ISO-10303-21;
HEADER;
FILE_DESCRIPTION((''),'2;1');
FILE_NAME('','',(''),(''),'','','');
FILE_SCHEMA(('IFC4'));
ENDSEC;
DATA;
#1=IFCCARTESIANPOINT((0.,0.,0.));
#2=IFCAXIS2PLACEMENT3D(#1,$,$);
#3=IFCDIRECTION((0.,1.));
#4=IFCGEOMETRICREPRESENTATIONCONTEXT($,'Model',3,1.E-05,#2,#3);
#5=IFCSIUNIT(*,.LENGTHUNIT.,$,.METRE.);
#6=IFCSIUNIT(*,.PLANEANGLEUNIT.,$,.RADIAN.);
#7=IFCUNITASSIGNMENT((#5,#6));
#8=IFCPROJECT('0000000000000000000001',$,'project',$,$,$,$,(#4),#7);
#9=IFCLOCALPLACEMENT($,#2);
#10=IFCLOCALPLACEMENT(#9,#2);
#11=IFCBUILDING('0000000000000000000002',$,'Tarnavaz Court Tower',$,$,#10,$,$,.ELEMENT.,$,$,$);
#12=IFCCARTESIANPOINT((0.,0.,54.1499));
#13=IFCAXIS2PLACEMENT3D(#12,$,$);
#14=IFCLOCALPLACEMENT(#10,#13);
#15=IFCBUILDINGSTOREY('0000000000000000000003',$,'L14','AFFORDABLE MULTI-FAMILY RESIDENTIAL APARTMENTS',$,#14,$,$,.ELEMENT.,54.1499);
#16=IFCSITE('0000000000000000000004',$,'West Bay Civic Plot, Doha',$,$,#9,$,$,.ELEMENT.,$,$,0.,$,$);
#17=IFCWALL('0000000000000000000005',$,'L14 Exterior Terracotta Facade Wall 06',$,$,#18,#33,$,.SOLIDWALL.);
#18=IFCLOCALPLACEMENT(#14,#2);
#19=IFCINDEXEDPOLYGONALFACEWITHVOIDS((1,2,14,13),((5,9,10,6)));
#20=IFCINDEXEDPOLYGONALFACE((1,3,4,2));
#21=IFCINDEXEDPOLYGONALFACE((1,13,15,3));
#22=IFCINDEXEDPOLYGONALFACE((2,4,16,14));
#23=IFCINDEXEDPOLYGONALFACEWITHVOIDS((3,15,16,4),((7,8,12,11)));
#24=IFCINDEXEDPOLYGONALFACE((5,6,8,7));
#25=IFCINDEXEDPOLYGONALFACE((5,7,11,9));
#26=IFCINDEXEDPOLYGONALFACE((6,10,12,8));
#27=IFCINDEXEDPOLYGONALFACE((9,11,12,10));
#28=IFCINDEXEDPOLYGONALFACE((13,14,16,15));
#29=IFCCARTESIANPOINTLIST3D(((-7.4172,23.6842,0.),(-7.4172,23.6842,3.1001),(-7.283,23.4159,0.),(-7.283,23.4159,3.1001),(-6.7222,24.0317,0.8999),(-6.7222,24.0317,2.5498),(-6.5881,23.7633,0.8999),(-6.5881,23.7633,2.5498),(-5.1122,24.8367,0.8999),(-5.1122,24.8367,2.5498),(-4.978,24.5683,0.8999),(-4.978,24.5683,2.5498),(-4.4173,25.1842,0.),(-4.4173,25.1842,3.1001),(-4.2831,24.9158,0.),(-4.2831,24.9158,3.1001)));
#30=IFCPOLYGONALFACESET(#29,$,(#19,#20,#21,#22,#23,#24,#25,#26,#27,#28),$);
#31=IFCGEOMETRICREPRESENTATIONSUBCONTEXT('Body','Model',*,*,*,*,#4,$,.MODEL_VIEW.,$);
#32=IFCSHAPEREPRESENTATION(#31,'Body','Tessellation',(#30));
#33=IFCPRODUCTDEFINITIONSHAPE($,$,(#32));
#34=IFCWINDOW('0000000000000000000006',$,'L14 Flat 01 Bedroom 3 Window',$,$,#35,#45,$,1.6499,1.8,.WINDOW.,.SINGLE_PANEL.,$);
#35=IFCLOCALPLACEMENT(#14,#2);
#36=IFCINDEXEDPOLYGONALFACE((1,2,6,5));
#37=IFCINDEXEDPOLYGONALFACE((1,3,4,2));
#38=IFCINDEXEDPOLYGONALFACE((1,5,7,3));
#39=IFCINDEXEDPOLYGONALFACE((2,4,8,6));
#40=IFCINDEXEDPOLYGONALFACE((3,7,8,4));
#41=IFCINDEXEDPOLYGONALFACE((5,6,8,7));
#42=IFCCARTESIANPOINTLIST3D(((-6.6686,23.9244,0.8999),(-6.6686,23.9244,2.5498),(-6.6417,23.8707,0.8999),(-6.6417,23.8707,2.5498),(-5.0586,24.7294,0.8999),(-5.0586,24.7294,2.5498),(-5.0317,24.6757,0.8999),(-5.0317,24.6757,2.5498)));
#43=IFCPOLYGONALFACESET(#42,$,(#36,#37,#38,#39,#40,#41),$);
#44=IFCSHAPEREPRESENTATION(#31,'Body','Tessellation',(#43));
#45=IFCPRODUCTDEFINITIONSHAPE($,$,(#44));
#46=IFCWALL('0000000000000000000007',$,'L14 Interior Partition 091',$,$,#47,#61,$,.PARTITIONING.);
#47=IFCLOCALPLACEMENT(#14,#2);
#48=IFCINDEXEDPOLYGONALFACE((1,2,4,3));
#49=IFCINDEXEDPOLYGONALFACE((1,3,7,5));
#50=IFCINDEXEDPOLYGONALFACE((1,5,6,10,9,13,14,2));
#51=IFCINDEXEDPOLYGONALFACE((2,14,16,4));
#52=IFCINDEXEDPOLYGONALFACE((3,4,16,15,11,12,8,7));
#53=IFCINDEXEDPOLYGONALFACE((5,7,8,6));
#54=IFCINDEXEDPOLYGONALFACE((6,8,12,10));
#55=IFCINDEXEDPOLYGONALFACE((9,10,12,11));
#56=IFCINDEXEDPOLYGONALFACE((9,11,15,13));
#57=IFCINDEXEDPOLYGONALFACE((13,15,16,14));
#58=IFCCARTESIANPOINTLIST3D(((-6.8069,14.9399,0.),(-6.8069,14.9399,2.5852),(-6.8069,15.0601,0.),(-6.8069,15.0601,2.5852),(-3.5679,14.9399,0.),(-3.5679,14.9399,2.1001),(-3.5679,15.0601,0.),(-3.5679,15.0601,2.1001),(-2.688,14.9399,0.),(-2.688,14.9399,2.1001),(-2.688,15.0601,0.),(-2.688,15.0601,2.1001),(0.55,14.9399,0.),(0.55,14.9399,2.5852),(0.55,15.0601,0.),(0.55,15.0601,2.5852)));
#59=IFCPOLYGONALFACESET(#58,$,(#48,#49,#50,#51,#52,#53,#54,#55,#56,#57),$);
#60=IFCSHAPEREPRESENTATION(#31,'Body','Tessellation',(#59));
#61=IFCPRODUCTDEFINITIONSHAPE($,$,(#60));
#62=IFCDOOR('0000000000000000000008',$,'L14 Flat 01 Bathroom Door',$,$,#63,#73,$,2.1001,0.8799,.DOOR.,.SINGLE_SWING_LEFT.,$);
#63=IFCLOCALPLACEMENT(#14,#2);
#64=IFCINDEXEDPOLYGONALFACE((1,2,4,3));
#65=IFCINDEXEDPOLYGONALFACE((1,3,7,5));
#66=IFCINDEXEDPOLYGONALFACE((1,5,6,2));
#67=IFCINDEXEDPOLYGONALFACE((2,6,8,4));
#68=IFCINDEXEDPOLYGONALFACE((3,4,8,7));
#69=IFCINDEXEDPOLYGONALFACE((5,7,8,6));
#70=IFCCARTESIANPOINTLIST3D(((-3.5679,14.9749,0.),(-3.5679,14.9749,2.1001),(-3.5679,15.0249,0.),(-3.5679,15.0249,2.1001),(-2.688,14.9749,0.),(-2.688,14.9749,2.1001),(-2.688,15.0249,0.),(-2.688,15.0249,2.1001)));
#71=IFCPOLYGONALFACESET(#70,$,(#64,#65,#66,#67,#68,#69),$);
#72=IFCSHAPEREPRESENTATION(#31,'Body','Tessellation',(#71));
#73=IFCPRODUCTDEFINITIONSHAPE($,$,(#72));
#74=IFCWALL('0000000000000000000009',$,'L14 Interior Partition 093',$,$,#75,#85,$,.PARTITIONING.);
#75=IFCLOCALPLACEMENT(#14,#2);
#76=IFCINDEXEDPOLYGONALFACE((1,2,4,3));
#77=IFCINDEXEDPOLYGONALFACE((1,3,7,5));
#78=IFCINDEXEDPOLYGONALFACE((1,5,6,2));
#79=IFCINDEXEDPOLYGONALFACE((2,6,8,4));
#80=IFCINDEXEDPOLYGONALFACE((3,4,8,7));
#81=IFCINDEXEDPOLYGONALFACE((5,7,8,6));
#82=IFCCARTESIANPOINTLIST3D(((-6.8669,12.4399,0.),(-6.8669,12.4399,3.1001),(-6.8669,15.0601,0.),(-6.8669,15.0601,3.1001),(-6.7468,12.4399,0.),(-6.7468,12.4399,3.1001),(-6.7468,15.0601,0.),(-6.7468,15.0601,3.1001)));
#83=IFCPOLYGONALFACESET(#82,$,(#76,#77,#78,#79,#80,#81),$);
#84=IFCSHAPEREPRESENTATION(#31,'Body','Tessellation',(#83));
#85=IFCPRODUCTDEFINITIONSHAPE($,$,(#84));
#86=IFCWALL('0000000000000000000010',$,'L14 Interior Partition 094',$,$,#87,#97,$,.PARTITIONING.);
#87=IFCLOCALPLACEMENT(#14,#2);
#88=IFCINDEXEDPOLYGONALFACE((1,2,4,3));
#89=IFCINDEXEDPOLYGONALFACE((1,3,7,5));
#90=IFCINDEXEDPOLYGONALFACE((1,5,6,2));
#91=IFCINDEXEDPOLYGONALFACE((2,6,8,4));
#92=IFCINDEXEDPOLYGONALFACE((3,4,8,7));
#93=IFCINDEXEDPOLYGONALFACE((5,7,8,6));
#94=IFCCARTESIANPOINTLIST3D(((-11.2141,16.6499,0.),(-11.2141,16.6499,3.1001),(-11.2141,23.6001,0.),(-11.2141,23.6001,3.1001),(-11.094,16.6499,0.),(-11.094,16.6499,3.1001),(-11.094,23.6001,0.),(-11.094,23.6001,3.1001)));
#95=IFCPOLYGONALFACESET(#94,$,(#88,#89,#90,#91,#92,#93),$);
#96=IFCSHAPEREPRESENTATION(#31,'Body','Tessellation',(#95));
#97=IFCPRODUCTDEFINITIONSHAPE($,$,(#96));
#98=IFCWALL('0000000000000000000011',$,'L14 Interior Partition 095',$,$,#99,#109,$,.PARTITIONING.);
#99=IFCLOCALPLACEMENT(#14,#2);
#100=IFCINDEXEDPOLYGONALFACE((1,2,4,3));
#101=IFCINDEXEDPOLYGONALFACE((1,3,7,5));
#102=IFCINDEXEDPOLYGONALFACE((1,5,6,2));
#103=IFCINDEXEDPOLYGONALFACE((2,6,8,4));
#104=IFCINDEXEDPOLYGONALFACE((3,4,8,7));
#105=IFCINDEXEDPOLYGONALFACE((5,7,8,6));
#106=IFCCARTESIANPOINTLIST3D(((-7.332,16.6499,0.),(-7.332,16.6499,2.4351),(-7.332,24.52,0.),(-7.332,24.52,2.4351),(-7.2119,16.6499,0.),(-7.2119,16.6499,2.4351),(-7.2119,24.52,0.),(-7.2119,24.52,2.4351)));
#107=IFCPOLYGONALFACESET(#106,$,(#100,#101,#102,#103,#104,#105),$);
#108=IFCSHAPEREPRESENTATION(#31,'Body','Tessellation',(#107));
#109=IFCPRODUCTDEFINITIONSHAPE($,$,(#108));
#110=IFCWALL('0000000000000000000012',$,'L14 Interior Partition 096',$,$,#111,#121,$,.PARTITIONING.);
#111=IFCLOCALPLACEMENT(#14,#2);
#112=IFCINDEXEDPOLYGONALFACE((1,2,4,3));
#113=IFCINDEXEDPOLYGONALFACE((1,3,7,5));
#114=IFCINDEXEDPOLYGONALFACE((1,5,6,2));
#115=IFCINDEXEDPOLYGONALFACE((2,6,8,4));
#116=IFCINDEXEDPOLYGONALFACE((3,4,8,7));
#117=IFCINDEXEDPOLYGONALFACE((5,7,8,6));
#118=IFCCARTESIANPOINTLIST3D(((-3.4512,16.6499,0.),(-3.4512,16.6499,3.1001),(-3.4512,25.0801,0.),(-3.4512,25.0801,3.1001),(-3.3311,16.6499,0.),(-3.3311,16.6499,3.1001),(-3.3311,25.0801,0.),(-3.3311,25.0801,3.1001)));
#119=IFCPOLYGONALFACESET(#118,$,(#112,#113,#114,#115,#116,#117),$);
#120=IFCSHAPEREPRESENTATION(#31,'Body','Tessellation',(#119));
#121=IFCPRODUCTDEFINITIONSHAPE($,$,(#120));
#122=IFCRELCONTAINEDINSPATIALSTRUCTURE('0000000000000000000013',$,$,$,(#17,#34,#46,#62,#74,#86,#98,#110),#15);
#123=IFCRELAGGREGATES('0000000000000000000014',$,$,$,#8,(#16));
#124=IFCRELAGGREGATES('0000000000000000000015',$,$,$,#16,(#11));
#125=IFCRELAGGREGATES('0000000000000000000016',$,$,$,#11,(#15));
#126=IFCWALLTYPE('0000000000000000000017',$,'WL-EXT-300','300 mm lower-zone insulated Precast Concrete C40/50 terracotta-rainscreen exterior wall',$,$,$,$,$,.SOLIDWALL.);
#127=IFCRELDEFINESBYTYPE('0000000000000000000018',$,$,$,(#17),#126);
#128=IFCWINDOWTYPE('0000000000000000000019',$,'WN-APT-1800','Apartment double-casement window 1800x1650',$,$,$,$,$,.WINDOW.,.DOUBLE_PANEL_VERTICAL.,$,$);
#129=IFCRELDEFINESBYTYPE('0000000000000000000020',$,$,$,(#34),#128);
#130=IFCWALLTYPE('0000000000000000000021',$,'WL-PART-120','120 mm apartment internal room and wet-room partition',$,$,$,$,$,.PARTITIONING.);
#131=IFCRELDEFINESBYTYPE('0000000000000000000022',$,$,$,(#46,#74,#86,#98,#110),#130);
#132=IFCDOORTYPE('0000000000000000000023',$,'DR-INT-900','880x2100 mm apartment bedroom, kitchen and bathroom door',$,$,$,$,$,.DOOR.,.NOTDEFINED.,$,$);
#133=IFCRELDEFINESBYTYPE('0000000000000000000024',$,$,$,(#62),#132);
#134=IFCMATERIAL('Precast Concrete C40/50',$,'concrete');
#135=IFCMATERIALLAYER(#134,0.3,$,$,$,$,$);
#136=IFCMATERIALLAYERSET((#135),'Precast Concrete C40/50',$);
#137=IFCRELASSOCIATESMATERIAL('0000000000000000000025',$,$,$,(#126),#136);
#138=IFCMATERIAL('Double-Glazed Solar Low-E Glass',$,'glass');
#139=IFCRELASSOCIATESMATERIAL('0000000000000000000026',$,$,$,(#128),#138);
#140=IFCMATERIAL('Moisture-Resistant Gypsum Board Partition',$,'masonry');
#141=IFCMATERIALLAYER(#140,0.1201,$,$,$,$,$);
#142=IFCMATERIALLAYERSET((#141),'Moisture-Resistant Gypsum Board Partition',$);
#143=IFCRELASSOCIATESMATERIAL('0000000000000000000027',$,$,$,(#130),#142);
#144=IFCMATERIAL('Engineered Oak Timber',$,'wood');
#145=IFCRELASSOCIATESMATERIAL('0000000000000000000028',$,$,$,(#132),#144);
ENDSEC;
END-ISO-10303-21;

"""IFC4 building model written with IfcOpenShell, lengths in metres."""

from ifc_helpers import new_model, si_unit, direction, frame, frame_2d, origin, place, context, subcontext, project, spatial, rectangle, extrude, material, layer, layer_set, type_object, element, fill, save


model = new_model("IFC4")

# Units and contexts
model_context = context("Model", 3, precision=1e-05, world=origin(), true_north=direction((0.0, 1.0)))
body_context = subcontext(model_context, "Body", "Model", "MODEL_VIEW")
ifc_project = project(units=[si_unit("LENGTHUNIT", "METRE"), si_unit("PLANEANGLEUNIT", "RADIAN")], contexts=[model_context])

# Site, building, storey
site_placement = place(None, origin())
site = spatial("IfcSite", under=ifc_project, at=site_placement, Name="West Bay Civic Plot, Doha", CompositionType="ELEMENT", RefElevation=0.0)
building_placement = place(site_placement, origin())
building = spatial("IfcBuilding", under=site, at=building_placement, Name="Tarnavaz Court Tower", CompositionType="ELEMENT")
storey_placement = place(building_placement, frame((0.0, 0.0, 54.1499)))
storey = spatial("IfcBuildingStorey", under=building, at=storey_placement, Name="L14", Description="AFFORDABLE MULTI-FAMILY RESIDENTIAL APARTMENTS", CompositionType="ELEMENT", Elevation=54.1499)

# Shared definitions
ifc_material_1 = material(Name="Double-Glazed Solar Low-E Glass", Category="glass")

# Wall, opening, window
ifc_material_2 = material(Name="Precast Concrete C40/50", Category="concrete")
ifc_layer_1 = layer(ifc_material_2, 0.3)
ifc_layer_set_1 = layer_set([ifc_layer_1], Name="Precast Concrete C40/50")
wall_type_1 = type_object("IfcWallType", Name="WL-EXT-300", Description="300 mm lower-zone insulated Precast Concrete C40/50 terracotta-rainscreen exterior wall", PredefinedType="SOLIDWALL", material=ifc_layer_set_1)
wall_1_placement = place(storey_placement, frame((-7.3501, 23.55, 0.0), z_axis=(0.0, 0.0, 1.0), x_axis=(0.894427, 0.447214, 0.0)))
wall_1 = element("IfcWall", 1, at=wall_1_placement, inside=storey, type_object=wall_type_1, Name="L14 Exterior Terracotta Facade Wall 06", PredefinedType="SOLIDWALL", context=body_context, shape_type="SweptSolid", body=[
    extrude(rectangle(XDim=3.354, YDim=0.3, at=frame_2d((1.677, 0.0))), origin(), (0.0, 0.0, 1.0), 3.1001),
])
opening_1_placement = place(wall_1_placement, frame((0.7771, 0.0, 0.8999)))
opening_1 = element("IfcOpeningElement", 2, at=opening_1_placement, cuts=wall_1, PredefinedType="OPENING", context=body_context, shape_type="SweptSolid", body=[
    extrude(rectangle(XDim=1.8, YDim=1.6499, at=frame_2d((0.8999, 0.825))), frame((0.0, 0.1599, 0.0), z_axis=(0.0, -1.0, 0.0), x_axis=(1.0, 0.0, 0.0)), (0.0, 0.0, 1.0), 0.3201),
])
window_type = type_object("IfcWindowType", Name="WN-APT-1800", Description="Apartment double-casement window 1800x1650", PartitioningType="DOUBLE_PANEL_VERTICAL", PredefinedType="WINDOW", material=ifc_material_1)
window_placement = place(opening_1_placement, origin())
window = element("IfcWindow", 3, at=window_placement, inside=storey, type_object=window_type, Name="L14 Flat 01 Bedroom 3 Window", OverallHeight=1.6499, OverallWidth=1.8, PartitioningType="SINGLE_PANEL", PredefinedType="WINDOW", context=body_context, shape_type="SweptSolid", body=[
    extrude(rectangle(XDim=1.8, YDim=1.6499, at=frame_2d((0.8999, 0.825))), frame((0.0, 0.03, 0.0), z_axis=(0.0, -1.0, 0.0), x_axis=(1.0, 0.0, 0.0)), (0.0, 0.0, 1.0), 0.0601),
])
fill(opening_1, window)

# Wall, opening, door
ifc_material_3 = material(Name="Moisture-Resistant Gypsum Board Partition", Category="masonry")
ifc_layer_2 = layer(ifc_material_3, 0.1201)
ifc_layer_set_2 = layer_set([ifc_layer_2], Name="Moisture-Resistant Gypsum Board Partition")
wall_type_2 = type_object("IfcWallType", Name="WL-PART-120", Description="120 mm apartment internal room and wet-room partition", PredefinedType="PARTITIONING", material=ifc_layer_set_2)
wall_2_placement = place(storey_placement, frame((-6.8069, 15.0, 0.0), z_axis=(0.0, 0.0, 1.0), x_axis=(1.0, 0.0, 0.0)))
wall_2 = element("IfcWall", 4, at=wall_2_placement, inside=storey, type_object=wall_type_2, Name="L14 Interior Partition 091", PredefinedType="PARTITIONING", context=body_context, shape_type="SweptSolid", body=[
    extrude(rectangle(XDim=7.3569, YDim=0.1201, at=frame_2d((3.6785, 0.0))), origin(), (0.0, 0.0, 1.0), 2.5852),
])
opening_2_placement = place(wall_2_placement, frame((3.239, 0.0, 0.0)))
opening_2 = element("IfcOpeningElement", 5, at=opening_2_placement, cuts=wall_2, PredefinedType="OPENING", context=body_context, shape_type="SweptSolid", body=[
    extrude(rectangle(XDim=0.8799, YDim=2.1001, at=frame_2d((0.4399, 1.05))), frame((0.0, 0.0701, 0.0), z_axis=(0.0, -1.0, 0.0), x_axis=(1.0, 0.0, 0.0)), (0.0, 0.0, 1.0), 0.1401),
])
ifc_material_4 = material(Name="Engineered Oak Timber", Category="wood")
door_type = type_object("IfcDoorType", Name="DR-INT-900", Description="880x2100 mm apartment bedroom, kitchen and bathroom door", OperationType="NOTDEFINED", PredefinedType="DOOR", material=ifc_material_4)
door_placement = place(opening_2_placement, origin())
door = element("IfcDoor", 6, at=door_placement, inside=storey, type_object=door_type, Name="L14 Flat 01 Bathroom Door", OperationType="SINGLE_SWING_LEFT", OverallHeight=2.1001, OverallWidth=0.8799, PredefinedType="DOOR", context=body_context, shape_type="SweptSolid", body=[
    extrude(rectangle(XDim=0.8799, YDim=2.1001, at=frame_2d((0.4399, 1.05))), frame((0.0, 0.0249, 0.0), z_axis=(0.0, -1.0, 0.0), x_axis=(1.0, 0.0, 0.0)), (0.0, 0.0, 1.0), 0.05),
])
fill(opening_2, door)

# Walls
wall_3_placement = place(storey_placement, frame((-6.8069, 12.4399, 0.0), z_axis=(0.0, 0.0, 1.0), x_axis=(0.0, 1.0, 0.0)))
element("IfcWall", 7, at=wall_3_placement, inside=storey, type_object=wall_type_2, Name="L14 Interior Partition 093", PredefinedType="PARTITIONING", context=body_context, shape_type="SweptSolid", body=[
    extrude(rectangle(XDim=2.6201, YDim=0.1201, at=frame_2d((1.3101, 0.0))), origin(), (0.0, 0.0, 1.0), 3.1001),
])
wall_4_placement = place(storey_placement, frame((-11.1541, 16.6499, 0.0), z_axis=(0.0, 0.0, 1.0), x_axis=(0.0, 1.0, 0.0)))
element("IfcWall", 8, at=wall_4_placement, inside=storey, type_object=wall_type_2, Name="L14 Interior Partition 094", PredefinedType="PARTITIONING", context=body_context, shape_type="SweptSolid", body=[
    extrude(rectangle(XDim=6.9502, YDim=0.1201, at=frame_2d((3.4751, 0.0))), origin(), (0.0, 0.0, 1.0), 3.1001),
])
wall_5_placement = place(storey_placement, frame((-7.272, 16.6499, 0.0), z_axis=(0.0, 0.0, 1.0), x_axis=(0.0, 1.0, 0.0)))
element("IfcWall", 9, at=wall_5_placement, inside=storey, type_object=wall_type_2, Name="L14 Interior Partition 095", PredefinedType="PARTITIONING", context=body_context, shape_type="SweptSolid", body=[
    extrude(rectangle(XDim=7.8701, YDim=0.1201, at=frame_2d((3.9351, 0.0))), origin(), (0.0, 0.0, 1.0), 2.4351),
])
wall_6_placement = place(storey_placement, frame((-3.3911, 16.6499, 0.0), z_axis=(0.0, 0.0, 1.0), x_axis=(0.0, 1.0, 0.0)))
element("IfcWall", 10, at=wall_6_placement, inside=storey, type_object=wall_type_2, Name="L14 Interior Partition 096", PredefinedType="PARTITIONING", context=body_context, shape_type="SweptSolid", body=[
    extrude(rectangle(XDim=8.4302, YDim=0.1201, at=frame_2d((4.2151, 0.0))), origin(), (0.0, 0.0, 1.0), 3.1001),
])

save(model, "model.ifc")
